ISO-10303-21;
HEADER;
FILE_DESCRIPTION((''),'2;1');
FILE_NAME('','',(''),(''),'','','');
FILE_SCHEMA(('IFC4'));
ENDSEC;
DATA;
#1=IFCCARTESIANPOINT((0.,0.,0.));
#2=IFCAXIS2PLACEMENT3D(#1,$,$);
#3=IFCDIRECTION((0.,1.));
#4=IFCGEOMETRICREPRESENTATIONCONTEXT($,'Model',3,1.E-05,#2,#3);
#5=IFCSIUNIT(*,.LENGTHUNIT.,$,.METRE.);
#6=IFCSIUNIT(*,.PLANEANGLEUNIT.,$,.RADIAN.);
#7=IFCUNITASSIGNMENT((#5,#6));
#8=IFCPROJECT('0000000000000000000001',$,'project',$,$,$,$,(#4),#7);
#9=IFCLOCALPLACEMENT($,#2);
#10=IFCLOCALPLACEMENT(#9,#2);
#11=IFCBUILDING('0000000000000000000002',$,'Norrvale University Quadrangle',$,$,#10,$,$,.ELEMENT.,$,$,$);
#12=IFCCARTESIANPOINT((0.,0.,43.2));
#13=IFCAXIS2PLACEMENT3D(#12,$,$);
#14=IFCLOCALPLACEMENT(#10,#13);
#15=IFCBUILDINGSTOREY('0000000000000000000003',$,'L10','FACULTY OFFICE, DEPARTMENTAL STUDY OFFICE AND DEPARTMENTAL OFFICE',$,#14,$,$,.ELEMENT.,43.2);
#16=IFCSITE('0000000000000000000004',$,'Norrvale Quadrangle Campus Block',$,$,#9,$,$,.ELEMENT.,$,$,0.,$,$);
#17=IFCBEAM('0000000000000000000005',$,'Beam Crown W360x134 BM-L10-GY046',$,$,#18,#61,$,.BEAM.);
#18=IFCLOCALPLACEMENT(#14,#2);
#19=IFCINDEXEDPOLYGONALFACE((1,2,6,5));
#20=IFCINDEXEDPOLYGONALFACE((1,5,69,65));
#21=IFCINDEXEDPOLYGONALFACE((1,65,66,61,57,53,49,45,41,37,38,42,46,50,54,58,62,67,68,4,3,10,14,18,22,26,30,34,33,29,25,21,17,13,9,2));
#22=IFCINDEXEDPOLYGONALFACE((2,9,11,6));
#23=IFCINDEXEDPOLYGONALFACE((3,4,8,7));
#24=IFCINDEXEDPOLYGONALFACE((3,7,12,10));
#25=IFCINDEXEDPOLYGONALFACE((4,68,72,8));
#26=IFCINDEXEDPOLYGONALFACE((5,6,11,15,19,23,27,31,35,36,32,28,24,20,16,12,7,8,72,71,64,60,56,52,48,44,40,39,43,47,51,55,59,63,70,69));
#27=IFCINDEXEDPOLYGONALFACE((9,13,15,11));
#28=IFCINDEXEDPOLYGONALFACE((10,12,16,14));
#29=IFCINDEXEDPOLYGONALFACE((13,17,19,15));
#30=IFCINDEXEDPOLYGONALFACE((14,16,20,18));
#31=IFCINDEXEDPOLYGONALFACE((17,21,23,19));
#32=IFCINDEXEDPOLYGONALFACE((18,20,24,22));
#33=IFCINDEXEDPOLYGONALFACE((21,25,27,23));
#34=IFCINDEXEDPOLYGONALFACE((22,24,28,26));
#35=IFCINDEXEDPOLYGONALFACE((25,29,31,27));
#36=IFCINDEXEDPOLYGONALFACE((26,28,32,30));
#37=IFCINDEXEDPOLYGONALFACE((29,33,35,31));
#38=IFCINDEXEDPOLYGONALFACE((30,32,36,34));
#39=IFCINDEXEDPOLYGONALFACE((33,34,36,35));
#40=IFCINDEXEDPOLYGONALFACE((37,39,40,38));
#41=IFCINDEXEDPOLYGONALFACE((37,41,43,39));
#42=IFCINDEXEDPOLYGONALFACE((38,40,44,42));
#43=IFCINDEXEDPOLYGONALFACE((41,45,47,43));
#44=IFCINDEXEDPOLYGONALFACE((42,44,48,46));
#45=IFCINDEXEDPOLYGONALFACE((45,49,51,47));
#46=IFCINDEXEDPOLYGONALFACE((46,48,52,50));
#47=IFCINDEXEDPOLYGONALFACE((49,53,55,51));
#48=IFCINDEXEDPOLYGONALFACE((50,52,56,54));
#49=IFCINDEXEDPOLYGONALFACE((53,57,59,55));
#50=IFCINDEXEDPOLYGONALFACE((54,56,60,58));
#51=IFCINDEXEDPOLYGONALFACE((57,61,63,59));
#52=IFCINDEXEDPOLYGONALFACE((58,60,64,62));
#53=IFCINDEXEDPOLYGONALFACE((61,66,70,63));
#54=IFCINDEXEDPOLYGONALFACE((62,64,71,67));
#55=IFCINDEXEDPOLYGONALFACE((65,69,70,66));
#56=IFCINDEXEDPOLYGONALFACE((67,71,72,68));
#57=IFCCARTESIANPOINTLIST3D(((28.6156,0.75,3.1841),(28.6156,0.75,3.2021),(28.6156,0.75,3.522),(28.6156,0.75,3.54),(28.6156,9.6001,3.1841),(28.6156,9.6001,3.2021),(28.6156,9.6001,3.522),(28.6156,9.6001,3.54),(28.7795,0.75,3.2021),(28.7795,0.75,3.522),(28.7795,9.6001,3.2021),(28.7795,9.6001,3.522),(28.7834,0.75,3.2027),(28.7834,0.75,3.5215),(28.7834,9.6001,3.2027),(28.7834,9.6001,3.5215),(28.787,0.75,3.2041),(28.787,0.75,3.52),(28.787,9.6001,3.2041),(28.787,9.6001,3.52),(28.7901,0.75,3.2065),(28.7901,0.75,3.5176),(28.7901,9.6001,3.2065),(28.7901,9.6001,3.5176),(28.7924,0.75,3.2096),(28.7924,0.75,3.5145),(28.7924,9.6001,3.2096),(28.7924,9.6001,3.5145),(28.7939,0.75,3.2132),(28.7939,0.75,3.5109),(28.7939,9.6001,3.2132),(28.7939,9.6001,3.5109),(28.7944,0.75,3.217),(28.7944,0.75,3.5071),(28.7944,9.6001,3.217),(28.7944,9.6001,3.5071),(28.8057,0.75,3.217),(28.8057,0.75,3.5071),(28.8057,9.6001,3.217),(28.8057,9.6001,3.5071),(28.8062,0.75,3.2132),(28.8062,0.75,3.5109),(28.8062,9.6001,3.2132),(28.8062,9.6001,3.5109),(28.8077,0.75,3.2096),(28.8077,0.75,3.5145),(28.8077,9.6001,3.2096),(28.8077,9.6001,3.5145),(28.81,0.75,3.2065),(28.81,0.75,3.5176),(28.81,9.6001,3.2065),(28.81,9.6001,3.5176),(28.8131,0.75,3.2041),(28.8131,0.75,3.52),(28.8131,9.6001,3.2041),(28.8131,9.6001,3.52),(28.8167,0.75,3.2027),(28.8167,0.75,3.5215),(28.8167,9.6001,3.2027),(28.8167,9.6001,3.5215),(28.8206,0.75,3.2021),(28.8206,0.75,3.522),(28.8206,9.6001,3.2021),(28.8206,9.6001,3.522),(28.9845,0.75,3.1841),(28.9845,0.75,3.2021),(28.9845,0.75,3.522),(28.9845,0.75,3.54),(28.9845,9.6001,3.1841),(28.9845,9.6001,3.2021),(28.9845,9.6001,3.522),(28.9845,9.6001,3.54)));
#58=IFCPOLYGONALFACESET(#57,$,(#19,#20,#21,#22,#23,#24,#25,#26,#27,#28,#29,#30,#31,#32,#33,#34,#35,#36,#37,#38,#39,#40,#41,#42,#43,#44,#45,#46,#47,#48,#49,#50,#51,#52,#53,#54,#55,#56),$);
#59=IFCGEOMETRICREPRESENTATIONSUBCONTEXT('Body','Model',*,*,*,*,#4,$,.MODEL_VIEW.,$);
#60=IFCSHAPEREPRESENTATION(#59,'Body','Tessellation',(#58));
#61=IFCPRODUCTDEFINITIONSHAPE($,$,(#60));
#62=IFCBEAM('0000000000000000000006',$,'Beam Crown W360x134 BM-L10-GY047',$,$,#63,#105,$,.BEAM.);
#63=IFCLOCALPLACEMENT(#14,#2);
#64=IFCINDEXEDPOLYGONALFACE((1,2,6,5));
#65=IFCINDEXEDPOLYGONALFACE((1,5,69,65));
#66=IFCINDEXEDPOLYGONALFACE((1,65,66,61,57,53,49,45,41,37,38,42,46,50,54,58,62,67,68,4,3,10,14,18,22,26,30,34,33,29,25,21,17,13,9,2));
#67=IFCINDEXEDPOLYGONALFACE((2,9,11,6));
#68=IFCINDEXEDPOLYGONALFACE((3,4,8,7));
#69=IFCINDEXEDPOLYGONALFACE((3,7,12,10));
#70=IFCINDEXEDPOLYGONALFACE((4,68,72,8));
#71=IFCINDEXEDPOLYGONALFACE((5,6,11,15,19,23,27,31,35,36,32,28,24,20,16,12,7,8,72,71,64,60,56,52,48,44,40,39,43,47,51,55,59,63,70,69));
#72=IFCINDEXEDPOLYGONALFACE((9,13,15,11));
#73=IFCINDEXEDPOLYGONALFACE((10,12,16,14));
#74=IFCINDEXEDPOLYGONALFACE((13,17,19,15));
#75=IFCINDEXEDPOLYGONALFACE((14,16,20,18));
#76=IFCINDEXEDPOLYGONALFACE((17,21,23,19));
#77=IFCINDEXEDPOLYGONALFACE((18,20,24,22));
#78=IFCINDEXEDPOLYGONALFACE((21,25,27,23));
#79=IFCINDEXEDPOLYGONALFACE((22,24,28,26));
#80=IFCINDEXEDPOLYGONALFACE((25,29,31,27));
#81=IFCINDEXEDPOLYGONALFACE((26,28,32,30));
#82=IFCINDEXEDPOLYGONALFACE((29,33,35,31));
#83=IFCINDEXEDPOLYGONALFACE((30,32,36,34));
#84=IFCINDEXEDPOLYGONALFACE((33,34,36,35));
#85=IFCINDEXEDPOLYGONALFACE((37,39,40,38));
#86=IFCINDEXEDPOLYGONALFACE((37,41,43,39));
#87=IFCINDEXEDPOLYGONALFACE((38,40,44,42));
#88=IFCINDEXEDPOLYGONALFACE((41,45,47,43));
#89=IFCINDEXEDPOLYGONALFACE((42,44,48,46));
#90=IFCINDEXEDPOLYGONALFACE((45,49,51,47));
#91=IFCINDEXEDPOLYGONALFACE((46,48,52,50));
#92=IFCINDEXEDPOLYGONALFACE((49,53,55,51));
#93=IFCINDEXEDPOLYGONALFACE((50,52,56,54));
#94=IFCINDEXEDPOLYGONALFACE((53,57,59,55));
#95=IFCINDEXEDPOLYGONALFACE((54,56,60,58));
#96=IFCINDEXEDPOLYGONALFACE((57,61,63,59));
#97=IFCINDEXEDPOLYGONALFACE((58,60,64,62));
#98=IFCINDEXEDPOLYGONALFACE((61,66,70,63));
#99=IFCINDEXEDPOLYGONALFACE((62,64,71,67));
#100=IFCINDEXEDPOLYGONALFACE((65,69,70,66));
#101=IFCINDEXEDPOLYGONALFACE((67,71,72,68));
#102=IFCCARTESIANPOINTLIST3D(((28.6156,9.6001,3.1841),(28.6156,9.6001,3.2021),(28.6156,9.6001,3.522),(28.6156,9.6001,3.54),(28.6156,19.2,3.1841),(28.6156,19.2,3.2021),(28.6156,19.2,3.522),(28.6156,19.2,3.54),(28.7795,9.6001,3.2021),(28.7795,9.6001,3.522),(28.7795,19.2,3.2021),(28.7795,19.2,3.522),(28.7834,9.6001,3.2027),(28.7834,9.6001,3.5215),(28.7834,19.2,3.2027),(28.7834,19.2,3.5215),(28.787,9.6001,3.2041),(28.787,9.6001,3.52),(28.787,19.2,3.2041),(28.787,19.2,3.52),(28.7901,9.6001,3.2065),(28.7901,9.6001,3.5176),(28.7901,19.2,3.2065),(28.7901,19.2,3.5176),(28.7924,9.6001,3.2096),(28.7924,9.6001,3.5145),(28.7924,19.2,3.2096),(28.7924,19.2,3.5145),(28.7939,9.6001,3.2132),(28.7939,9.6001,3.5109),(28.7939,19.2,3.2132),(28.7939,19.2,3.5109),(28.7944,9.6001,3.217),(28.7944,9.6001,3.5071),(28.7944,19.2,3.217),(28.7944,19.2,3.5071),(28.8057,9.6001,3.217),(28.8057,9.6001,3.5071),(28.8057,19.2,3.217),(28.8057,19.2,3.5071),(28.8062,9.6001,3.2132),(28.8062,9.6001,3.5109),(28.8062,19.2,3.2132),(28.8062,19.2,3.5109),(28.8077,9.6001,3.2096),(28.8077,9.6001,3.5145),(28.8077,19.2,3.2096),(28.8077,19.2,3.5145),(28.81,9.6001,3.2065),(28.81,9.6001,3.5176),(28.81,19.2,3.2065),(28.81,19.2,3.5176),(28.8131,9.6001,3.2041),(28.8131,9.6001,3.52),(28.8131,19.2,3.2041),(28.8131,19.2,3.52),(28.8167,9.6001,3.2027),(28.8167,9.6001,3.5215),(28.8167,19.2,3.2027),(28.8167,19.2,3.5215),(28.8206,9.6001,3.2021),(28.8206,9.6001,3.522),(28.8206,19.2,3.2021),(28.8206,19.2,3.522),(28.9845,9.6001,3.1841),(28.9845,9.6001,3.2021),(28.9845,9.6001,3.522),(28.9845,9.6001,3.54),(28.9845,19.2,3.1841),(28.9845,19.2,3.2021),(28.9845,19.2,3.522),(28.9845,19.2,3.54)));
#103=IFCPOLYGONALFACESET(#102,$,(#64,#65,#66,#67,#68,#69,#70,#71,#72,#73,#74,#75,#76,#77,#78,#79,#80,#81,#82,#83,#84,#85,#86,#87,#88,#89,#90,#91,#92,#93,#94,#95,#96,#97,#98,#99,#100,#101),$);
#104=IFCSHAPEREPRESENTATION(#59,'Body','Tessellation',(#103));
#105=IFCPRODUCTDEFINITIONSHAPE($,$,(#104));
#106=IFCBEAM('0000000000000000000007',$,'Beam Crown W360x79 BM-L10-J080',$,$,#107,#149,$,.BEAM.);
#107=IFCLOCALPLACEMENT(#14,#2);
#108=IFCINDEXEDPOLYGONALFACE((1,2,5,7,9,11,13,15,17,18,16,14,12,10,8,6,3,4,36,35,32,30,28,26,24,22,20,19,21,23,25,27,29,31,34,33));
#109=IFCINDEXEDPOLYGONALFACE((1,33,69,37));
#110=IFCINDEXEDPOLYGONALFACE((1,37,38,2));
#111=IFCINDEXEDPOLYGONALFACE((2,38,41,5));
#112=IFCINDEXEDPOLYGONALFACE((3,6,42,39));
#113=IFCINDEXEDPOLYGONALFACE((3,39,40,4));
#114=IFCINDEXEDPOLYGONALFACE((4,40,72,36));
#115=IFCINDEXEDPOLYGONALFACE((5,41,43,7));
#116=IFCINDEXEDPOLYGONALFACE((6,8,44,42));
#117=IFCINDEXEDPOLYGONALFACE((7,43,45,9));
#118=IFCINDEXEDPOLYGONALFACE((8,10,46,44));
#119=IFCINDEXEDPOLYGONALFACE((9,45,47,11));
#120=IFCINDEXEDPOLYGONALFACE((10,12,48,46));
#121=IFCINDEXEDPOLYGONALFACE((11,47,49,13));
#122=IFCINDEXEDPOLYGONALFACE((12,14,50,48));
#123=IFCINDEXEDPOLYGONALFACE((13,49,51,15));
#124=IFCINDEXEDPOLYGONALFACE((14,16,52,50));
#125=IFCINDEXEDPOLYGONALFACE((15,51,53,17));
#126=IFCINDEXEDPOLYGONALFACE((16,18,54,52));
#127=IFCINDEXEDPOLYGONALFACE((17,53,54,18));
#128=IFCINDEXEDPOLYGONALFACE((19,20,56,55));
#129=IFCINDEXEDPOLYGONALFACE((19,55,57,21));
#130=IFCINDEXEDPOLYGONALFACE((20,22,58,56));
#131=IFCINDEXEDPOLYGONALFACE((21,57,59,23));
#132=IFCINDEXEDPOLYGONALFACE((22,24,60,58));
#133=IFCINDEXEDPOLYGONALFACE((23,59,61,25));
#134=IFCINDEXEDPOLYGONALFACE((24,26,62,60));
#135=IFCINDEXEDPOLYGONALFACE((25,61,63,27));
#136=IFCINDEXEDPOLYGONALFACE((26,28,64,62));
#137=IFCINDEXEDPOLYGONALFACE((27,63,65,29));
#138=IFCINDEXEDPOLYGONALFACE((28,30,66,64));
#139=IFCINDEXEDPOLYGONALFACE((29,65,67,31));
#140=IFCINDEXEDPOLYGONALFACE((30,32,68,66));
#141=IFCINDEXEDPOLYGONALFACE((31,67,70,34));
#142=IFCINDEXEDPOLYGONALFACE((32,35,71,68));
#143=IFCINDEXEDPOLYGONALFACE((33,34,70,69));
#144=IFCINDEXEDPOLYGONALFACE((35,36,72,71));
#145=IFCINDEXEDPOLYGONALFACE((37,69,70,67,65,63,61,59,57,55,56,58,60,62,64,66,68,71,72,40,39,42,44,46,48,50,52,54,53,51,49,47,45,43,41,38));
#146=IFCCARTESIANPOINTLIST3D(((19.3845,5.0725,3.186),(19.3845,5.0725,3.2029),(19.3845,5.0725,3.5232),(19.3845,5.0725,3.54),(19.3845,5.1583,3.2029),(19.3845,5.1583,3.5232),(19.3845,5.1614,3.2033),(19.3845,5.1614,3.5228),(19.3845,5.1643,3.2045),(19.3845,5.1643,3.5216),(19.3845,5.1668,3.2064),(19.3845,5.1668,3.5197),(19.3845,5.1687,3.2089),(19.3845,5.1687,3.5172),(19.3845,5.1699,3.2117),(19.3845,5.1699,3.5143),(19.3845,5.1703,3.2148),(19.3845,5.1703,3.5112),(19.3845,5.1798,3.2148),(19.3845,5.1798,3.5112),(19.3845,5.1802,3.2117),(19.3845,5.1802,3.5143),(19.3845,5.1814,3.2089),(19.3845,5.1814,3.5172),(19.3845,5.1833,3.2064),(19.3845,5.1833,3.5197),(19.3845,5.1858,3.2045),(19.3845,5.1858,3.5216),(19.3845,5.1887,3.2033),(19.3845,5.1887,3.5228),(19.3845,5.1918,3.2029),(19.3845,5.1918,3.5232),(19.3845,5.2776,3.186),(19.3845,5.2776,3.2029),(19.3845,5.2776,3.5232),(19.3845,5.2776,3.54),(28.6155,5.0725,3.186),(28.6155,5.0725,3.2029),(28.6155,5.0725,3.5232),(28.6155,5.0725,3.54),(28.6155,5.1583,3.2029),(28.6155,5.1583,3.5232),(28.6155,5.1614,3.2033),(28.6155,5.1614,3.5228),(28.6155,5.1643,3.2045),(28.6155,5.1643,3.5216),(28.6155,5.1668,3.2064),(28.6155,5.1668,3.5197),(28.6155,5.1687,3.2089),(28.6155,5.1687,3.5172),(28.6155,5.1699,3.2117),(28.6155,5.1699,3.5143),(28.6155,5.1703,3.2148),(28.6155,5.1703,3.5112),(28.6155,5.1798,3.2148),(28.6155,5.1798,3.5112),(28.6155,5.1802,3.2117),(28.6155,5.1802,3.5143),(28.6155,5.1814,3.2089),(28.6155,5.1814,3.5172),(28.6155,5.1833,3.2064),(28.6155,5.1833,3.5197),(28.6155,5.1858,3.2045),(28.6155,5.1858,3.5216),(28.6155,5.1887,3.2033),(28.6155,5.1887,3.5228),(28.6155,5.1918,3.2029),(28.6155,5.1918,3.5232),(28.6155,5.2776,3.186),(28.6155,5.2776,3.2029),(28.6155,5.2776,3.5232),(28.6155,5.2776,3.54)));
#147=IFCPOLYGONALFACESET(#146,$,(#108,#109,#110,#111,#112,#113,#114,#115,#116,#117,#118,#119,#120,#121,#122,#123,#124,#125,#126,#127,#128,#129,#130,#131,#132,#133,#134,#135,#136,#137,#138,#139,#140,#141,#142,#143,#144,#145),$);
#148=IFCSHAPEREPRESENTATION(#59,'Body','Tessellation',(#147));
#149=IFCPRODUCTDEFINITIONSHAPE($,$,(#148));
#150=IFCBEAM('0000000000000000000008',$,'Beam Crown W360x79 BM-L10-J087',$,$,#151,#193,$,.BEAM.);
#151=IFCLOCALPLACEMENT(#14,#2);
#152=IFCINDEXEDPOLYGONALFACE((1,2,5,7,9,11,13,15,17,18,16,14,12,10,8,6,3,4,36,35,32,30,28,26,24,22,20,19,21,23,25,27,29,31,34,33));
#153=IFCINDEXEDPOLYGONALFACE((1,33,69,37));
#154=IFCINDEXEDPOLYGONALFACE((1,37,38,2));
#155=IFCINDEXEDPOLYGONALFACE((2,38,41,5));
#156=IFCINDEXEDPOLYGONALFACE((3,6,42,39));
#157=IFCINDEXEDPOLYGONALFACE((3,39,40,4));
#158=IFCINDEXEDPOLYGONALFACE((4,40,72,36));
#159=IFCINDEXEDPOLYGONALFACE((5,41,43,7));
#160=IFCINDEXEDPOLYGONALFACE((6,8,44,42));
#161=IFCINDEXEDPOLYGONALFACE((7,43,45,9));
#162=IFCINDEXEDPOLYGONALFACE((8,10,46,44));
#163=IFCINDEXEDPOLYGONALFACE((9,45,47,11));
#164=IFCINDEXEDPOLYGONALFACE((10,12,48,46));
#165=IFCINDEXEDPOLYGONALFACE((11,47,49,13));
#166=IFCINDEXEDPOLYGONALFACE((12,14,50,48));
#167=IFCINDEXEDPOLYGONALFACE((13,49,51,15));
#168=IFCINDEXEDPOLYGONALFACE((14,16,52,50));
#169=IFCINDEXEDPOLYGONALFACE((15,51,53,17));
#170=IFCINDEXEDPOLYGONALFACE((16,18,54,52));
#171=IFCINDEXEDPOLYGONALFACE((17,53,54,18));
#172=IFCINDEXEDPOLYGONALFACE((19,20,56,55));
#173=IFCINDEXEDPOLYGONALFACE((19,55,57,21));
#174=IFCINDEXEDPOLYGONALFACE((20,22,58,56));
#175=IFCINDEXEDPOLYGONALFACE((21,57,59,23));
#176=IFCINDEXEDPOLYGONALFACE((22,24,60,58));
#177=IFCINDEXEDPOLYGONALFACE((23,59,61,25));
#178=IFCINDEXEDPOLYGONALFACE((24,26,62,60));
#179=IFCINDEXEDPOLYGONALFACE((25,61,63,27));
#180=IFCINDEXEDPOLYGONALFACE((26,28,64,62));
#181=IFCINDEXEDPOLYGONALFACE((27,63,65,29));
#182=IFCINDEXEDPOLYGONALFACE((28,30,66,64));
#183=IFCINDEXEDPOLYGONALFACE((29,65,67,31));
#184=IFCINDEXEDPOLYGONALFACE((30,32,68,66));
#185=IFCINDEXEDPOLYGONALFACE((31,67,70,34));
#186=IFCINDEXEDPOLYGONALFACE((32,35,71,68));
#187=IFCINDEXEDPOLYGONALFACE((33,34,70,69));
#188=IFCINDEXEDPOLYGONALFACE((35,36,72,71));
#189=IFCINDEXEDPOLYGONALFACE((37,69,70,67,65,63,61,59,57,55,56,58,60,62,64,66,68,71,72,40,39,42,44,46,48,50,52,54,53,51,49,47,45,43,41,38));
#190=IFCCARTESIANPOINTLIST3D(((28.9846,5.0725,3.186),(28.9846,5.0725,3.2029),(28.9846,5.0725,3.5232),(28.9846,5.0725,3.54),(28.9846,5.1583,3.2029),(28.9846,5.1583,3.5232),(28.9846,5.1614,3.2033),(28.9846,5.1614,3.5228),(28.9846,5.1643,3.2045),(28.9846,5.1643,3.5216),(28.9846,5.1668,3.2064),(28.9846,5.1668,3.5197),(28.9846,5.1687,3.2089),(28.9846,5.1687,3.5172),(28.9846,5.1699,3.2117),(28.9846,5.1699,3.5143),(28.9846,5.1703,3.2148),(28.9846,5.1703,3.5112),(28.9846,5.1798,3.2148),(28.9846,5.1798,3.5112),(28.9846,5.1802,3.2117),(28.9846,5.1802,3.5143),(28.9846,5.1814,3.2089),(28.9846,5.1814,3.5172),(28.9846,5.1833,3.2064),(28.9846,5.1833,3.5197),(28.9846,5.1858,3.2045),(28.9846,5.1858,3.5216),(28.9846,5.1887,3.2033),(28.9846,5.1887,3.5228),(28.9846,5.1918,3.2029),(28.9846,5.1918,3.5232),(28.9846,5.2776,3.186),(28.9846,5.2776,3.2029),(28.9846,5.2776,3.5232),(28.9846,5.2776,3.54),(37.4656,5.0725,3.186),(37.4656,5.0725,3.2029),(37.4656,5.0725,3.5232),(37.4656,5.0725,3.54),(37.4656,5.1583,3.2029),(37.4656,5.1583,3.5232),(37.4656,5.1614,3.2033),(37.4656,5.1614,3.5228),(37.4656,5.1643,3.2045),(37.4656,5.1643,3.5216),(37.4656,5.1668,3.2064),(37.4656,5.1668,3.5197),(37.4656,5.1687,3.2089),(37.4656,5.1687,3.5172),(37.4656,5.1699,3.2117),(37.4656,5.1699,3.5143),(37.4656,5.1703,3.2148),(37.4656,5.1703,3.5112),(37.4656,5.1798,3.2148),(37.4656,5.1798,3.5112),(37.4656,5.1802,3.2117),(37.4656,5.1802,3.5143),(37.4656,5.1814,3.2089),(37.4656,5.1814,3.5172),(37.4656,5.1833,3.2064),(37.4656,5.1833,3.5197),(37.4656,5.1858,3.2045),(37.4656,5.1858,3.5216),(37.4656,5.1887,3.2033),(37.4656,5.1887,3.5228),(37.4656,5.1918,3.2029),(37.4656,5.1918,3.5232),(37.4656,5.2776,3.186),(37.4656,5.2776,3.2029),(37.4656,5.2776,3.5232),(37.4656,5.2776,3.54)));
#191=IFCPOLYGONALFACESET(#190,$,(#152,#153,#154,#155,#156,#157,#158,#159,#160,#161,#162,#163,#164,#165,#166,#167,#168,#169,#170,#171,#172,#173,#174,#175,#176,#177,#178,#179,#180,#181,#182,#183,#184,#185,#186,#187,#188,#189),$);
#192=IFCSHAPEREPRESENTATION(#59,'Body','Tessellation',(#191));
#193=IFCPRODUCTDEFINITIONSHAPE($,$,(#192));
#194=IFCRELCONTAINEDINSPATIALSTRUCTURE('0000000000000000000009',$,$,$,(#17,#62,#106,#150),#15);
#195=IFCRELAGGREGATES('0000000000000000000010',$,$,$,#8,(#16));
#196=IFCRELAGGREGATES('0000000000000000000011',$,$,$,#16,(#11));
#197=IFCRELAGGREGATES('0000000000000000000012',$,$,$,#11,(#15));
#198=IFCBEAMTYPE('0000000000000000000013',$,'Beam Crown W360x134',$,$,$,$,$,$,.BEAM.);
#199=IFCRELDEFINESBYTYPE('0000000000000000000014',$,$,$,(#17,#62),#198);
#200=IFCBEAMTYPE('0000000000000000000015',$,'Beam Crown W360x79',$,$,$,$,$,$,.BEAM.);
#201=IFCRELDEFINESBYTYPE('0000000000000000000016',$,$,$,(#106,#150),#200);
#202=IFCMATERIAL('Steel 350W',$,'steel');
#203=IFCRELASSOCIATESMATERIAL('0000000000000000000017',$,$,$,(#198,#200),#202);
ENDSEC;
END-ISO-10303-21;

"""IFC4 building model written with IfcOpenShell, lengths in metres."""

from ifc_helpers import new_model, si_unit, direction, frame, origin, origin_2d, place, context, subcontext, project, spatial, i_section, extrude, material, material_profile, profile_set, type_object, element, save


model = new_model("IFC4")

# Units and contexts
model_context = context("Model", 3, precision=1e-05, world=origin(), true_north=direction((0.0, 1.0)))
body_context = subcontext(model_context, "Body", "Model", "MODEL_VIEW")
ifc_project = project(units=[si_unit("LENGTHUNIT", "METRE"), si_unit("PLANEANGLEUNIT", "RADIAN")], contexts=[model_context])

# Site, building, storey
site_placement = place(None, origin())
site = spatial("IfcSite", under=ifc_project, at=site_placement, Name="Norrvale Quadrangle Campus Block", CompositionType="ELEMENT", RefElevation=0.0)
building_placement = place(site_placement, origin())
building = spatial("IfcBuilding", under=site, at=building_placement, Name="Norrvale University Quadrangle", CompositionType="ELEMENT")
storey_placement = place(building_placement, frame((0.0, 0.0, 43.2)))
storey = spatial("IfcBuildingStorey", under=building, at=storey_placement, Name="L10", Description="FACULTY OFFICE, DEPARTMENTAL STUDY OFFICE AND DEPARTMENTAL OFFICE", CompositionType="ELEMENT", Elevation=43.2)

# Beams
ifc_material_1 = material(Name="Steel 350W", Category="steel")
ifc_material_profile_1 = material_profile(ifc_material_1, i_section(OverallWidth=0.3689, OverallDepth=0.356, WebThickness=0.0112, FlangeThickness=0.0181, FilletRadius=0.0149, at=origin_2d()), Name="Steel 350W")
ifc_profile_set_1 = profile_set([ifc_material_profile_1], Name="Steel 350W")
beam_type_1 = type_object("IfcBeamType", Name="Beam Crown W360x134", PredefinedType="BEAM", material=ifc_profile_set_1)
beam_1_placement = place(storey_placement, frame((28.8, 0.75, 3.3621), z_axis=(0.0, 1.0, 0.0), x_axis=(-1.0, 0.0, 0.0)))
element("IfcBeam", 1, at=beam_1_placement, inside=storey, type_object=beam_type_1, Name="Beam Crown W360x134 BM-L10-GY046", PredefinedType="BEAM", context=body_context, shape_type="SweptSolid", body=[
    extrude(i_section(OverallWidth=0.3689, OverallDepth=0.356, WebThickness=0.0112, FlangeThickness=0.0181, FilletRadius=0.0149, at=origin_2d()), origin(), (0.0, 0.0, 1.0), 8.8501),
])
beam_2_placement = place(storey_placement, frame((28.8, 9.6001, 3.3621), z_axis=(0.0, 1.0, 0.0), x_axis=(-1.0, 0.0, 0.0)))
element("IfcBeam", 2, at=beam_2_placement, inside=storey, type_object=beam_type_1, Name="Beam Crown W360x134 BM-L10-GY047", PredefinedType="BEAM", context=body_context, shape_type="SweptSolid", body=[
    extrude(i_section(OverallWidth=0.3689, OverallDepth=0.356, WebThickness=0.0112, FlangeThickness=0.0181, FilletRadius=0.0149, at=origin_2d()), origin(), (0.0, 0.0, 1.0), 9.5999),
])
ifc_material_profile_2 = material_profile(ifc_material_1, i_section(OverallWidth=0.2051, OverallDepth=0.354, WebThickness=0.0095, FlangeThickness=0.0168, FilletRadius=0.012, at=origin_2d()), Name="Steel 350W")
ifc_profile_set_2 = profile_set([ifc_material_profile_2], Name="Steel 350W")
beam_type_2 = type_object("IfcBeamType", Name="Beam Crown W360x79", PredefinedType="BEAM", material=ifc_profile_set_2)
beam_3_placement = place(storey_placement, frame((19.3845, 5.175, 3.363), z_axis=(1.0, 0.0, 0.0), x_axis=(0.0, 1.0, 0.0)))
element("IfcBeam", 3, at=beam_3_placement, inside=storey, type_object=beam_type_2, Name="Beam Crown W360x79 BM-L10-J080", PredefinedType="BEAM", context=body_context, shape_type="SweptSolid", body=[
    extrude(i_section(OverallWidth=0.2051, OverallDepth=0.354, WebThickness=0.0095, FlangeThickness=0.0168, FilletRadius=0.012, at=origin_2d()), origin(), (0.0, 0.0, 1.0), 9.231),
])
beam_4_placement = place(storey_placement, frame((28.9846, 5.175, 3.363), z_axis=(1.0, 0.0, 0.0), x_axis=(0.0, 1.0, 0.0)))
element("IfcBeam", 4, at=beam_4_placement, inside=storey, type_object=beam_type_2, Name="Beam Crown W360x79 BM-L10-J087", PredefinedType="BEAM", context=body_context, shape_type="SweptSolid", body=[
    extrude(i_section(OverallWidth=0.2051, OverallDepth=0.354, WebThickness=0.0095, FlangeThickness=0.0168, FilletRadius=0.012, at=origin_2d()), origin(), (0.0, 0.0, 1.0), 8.481),
])

save(model, "model.ifc")
